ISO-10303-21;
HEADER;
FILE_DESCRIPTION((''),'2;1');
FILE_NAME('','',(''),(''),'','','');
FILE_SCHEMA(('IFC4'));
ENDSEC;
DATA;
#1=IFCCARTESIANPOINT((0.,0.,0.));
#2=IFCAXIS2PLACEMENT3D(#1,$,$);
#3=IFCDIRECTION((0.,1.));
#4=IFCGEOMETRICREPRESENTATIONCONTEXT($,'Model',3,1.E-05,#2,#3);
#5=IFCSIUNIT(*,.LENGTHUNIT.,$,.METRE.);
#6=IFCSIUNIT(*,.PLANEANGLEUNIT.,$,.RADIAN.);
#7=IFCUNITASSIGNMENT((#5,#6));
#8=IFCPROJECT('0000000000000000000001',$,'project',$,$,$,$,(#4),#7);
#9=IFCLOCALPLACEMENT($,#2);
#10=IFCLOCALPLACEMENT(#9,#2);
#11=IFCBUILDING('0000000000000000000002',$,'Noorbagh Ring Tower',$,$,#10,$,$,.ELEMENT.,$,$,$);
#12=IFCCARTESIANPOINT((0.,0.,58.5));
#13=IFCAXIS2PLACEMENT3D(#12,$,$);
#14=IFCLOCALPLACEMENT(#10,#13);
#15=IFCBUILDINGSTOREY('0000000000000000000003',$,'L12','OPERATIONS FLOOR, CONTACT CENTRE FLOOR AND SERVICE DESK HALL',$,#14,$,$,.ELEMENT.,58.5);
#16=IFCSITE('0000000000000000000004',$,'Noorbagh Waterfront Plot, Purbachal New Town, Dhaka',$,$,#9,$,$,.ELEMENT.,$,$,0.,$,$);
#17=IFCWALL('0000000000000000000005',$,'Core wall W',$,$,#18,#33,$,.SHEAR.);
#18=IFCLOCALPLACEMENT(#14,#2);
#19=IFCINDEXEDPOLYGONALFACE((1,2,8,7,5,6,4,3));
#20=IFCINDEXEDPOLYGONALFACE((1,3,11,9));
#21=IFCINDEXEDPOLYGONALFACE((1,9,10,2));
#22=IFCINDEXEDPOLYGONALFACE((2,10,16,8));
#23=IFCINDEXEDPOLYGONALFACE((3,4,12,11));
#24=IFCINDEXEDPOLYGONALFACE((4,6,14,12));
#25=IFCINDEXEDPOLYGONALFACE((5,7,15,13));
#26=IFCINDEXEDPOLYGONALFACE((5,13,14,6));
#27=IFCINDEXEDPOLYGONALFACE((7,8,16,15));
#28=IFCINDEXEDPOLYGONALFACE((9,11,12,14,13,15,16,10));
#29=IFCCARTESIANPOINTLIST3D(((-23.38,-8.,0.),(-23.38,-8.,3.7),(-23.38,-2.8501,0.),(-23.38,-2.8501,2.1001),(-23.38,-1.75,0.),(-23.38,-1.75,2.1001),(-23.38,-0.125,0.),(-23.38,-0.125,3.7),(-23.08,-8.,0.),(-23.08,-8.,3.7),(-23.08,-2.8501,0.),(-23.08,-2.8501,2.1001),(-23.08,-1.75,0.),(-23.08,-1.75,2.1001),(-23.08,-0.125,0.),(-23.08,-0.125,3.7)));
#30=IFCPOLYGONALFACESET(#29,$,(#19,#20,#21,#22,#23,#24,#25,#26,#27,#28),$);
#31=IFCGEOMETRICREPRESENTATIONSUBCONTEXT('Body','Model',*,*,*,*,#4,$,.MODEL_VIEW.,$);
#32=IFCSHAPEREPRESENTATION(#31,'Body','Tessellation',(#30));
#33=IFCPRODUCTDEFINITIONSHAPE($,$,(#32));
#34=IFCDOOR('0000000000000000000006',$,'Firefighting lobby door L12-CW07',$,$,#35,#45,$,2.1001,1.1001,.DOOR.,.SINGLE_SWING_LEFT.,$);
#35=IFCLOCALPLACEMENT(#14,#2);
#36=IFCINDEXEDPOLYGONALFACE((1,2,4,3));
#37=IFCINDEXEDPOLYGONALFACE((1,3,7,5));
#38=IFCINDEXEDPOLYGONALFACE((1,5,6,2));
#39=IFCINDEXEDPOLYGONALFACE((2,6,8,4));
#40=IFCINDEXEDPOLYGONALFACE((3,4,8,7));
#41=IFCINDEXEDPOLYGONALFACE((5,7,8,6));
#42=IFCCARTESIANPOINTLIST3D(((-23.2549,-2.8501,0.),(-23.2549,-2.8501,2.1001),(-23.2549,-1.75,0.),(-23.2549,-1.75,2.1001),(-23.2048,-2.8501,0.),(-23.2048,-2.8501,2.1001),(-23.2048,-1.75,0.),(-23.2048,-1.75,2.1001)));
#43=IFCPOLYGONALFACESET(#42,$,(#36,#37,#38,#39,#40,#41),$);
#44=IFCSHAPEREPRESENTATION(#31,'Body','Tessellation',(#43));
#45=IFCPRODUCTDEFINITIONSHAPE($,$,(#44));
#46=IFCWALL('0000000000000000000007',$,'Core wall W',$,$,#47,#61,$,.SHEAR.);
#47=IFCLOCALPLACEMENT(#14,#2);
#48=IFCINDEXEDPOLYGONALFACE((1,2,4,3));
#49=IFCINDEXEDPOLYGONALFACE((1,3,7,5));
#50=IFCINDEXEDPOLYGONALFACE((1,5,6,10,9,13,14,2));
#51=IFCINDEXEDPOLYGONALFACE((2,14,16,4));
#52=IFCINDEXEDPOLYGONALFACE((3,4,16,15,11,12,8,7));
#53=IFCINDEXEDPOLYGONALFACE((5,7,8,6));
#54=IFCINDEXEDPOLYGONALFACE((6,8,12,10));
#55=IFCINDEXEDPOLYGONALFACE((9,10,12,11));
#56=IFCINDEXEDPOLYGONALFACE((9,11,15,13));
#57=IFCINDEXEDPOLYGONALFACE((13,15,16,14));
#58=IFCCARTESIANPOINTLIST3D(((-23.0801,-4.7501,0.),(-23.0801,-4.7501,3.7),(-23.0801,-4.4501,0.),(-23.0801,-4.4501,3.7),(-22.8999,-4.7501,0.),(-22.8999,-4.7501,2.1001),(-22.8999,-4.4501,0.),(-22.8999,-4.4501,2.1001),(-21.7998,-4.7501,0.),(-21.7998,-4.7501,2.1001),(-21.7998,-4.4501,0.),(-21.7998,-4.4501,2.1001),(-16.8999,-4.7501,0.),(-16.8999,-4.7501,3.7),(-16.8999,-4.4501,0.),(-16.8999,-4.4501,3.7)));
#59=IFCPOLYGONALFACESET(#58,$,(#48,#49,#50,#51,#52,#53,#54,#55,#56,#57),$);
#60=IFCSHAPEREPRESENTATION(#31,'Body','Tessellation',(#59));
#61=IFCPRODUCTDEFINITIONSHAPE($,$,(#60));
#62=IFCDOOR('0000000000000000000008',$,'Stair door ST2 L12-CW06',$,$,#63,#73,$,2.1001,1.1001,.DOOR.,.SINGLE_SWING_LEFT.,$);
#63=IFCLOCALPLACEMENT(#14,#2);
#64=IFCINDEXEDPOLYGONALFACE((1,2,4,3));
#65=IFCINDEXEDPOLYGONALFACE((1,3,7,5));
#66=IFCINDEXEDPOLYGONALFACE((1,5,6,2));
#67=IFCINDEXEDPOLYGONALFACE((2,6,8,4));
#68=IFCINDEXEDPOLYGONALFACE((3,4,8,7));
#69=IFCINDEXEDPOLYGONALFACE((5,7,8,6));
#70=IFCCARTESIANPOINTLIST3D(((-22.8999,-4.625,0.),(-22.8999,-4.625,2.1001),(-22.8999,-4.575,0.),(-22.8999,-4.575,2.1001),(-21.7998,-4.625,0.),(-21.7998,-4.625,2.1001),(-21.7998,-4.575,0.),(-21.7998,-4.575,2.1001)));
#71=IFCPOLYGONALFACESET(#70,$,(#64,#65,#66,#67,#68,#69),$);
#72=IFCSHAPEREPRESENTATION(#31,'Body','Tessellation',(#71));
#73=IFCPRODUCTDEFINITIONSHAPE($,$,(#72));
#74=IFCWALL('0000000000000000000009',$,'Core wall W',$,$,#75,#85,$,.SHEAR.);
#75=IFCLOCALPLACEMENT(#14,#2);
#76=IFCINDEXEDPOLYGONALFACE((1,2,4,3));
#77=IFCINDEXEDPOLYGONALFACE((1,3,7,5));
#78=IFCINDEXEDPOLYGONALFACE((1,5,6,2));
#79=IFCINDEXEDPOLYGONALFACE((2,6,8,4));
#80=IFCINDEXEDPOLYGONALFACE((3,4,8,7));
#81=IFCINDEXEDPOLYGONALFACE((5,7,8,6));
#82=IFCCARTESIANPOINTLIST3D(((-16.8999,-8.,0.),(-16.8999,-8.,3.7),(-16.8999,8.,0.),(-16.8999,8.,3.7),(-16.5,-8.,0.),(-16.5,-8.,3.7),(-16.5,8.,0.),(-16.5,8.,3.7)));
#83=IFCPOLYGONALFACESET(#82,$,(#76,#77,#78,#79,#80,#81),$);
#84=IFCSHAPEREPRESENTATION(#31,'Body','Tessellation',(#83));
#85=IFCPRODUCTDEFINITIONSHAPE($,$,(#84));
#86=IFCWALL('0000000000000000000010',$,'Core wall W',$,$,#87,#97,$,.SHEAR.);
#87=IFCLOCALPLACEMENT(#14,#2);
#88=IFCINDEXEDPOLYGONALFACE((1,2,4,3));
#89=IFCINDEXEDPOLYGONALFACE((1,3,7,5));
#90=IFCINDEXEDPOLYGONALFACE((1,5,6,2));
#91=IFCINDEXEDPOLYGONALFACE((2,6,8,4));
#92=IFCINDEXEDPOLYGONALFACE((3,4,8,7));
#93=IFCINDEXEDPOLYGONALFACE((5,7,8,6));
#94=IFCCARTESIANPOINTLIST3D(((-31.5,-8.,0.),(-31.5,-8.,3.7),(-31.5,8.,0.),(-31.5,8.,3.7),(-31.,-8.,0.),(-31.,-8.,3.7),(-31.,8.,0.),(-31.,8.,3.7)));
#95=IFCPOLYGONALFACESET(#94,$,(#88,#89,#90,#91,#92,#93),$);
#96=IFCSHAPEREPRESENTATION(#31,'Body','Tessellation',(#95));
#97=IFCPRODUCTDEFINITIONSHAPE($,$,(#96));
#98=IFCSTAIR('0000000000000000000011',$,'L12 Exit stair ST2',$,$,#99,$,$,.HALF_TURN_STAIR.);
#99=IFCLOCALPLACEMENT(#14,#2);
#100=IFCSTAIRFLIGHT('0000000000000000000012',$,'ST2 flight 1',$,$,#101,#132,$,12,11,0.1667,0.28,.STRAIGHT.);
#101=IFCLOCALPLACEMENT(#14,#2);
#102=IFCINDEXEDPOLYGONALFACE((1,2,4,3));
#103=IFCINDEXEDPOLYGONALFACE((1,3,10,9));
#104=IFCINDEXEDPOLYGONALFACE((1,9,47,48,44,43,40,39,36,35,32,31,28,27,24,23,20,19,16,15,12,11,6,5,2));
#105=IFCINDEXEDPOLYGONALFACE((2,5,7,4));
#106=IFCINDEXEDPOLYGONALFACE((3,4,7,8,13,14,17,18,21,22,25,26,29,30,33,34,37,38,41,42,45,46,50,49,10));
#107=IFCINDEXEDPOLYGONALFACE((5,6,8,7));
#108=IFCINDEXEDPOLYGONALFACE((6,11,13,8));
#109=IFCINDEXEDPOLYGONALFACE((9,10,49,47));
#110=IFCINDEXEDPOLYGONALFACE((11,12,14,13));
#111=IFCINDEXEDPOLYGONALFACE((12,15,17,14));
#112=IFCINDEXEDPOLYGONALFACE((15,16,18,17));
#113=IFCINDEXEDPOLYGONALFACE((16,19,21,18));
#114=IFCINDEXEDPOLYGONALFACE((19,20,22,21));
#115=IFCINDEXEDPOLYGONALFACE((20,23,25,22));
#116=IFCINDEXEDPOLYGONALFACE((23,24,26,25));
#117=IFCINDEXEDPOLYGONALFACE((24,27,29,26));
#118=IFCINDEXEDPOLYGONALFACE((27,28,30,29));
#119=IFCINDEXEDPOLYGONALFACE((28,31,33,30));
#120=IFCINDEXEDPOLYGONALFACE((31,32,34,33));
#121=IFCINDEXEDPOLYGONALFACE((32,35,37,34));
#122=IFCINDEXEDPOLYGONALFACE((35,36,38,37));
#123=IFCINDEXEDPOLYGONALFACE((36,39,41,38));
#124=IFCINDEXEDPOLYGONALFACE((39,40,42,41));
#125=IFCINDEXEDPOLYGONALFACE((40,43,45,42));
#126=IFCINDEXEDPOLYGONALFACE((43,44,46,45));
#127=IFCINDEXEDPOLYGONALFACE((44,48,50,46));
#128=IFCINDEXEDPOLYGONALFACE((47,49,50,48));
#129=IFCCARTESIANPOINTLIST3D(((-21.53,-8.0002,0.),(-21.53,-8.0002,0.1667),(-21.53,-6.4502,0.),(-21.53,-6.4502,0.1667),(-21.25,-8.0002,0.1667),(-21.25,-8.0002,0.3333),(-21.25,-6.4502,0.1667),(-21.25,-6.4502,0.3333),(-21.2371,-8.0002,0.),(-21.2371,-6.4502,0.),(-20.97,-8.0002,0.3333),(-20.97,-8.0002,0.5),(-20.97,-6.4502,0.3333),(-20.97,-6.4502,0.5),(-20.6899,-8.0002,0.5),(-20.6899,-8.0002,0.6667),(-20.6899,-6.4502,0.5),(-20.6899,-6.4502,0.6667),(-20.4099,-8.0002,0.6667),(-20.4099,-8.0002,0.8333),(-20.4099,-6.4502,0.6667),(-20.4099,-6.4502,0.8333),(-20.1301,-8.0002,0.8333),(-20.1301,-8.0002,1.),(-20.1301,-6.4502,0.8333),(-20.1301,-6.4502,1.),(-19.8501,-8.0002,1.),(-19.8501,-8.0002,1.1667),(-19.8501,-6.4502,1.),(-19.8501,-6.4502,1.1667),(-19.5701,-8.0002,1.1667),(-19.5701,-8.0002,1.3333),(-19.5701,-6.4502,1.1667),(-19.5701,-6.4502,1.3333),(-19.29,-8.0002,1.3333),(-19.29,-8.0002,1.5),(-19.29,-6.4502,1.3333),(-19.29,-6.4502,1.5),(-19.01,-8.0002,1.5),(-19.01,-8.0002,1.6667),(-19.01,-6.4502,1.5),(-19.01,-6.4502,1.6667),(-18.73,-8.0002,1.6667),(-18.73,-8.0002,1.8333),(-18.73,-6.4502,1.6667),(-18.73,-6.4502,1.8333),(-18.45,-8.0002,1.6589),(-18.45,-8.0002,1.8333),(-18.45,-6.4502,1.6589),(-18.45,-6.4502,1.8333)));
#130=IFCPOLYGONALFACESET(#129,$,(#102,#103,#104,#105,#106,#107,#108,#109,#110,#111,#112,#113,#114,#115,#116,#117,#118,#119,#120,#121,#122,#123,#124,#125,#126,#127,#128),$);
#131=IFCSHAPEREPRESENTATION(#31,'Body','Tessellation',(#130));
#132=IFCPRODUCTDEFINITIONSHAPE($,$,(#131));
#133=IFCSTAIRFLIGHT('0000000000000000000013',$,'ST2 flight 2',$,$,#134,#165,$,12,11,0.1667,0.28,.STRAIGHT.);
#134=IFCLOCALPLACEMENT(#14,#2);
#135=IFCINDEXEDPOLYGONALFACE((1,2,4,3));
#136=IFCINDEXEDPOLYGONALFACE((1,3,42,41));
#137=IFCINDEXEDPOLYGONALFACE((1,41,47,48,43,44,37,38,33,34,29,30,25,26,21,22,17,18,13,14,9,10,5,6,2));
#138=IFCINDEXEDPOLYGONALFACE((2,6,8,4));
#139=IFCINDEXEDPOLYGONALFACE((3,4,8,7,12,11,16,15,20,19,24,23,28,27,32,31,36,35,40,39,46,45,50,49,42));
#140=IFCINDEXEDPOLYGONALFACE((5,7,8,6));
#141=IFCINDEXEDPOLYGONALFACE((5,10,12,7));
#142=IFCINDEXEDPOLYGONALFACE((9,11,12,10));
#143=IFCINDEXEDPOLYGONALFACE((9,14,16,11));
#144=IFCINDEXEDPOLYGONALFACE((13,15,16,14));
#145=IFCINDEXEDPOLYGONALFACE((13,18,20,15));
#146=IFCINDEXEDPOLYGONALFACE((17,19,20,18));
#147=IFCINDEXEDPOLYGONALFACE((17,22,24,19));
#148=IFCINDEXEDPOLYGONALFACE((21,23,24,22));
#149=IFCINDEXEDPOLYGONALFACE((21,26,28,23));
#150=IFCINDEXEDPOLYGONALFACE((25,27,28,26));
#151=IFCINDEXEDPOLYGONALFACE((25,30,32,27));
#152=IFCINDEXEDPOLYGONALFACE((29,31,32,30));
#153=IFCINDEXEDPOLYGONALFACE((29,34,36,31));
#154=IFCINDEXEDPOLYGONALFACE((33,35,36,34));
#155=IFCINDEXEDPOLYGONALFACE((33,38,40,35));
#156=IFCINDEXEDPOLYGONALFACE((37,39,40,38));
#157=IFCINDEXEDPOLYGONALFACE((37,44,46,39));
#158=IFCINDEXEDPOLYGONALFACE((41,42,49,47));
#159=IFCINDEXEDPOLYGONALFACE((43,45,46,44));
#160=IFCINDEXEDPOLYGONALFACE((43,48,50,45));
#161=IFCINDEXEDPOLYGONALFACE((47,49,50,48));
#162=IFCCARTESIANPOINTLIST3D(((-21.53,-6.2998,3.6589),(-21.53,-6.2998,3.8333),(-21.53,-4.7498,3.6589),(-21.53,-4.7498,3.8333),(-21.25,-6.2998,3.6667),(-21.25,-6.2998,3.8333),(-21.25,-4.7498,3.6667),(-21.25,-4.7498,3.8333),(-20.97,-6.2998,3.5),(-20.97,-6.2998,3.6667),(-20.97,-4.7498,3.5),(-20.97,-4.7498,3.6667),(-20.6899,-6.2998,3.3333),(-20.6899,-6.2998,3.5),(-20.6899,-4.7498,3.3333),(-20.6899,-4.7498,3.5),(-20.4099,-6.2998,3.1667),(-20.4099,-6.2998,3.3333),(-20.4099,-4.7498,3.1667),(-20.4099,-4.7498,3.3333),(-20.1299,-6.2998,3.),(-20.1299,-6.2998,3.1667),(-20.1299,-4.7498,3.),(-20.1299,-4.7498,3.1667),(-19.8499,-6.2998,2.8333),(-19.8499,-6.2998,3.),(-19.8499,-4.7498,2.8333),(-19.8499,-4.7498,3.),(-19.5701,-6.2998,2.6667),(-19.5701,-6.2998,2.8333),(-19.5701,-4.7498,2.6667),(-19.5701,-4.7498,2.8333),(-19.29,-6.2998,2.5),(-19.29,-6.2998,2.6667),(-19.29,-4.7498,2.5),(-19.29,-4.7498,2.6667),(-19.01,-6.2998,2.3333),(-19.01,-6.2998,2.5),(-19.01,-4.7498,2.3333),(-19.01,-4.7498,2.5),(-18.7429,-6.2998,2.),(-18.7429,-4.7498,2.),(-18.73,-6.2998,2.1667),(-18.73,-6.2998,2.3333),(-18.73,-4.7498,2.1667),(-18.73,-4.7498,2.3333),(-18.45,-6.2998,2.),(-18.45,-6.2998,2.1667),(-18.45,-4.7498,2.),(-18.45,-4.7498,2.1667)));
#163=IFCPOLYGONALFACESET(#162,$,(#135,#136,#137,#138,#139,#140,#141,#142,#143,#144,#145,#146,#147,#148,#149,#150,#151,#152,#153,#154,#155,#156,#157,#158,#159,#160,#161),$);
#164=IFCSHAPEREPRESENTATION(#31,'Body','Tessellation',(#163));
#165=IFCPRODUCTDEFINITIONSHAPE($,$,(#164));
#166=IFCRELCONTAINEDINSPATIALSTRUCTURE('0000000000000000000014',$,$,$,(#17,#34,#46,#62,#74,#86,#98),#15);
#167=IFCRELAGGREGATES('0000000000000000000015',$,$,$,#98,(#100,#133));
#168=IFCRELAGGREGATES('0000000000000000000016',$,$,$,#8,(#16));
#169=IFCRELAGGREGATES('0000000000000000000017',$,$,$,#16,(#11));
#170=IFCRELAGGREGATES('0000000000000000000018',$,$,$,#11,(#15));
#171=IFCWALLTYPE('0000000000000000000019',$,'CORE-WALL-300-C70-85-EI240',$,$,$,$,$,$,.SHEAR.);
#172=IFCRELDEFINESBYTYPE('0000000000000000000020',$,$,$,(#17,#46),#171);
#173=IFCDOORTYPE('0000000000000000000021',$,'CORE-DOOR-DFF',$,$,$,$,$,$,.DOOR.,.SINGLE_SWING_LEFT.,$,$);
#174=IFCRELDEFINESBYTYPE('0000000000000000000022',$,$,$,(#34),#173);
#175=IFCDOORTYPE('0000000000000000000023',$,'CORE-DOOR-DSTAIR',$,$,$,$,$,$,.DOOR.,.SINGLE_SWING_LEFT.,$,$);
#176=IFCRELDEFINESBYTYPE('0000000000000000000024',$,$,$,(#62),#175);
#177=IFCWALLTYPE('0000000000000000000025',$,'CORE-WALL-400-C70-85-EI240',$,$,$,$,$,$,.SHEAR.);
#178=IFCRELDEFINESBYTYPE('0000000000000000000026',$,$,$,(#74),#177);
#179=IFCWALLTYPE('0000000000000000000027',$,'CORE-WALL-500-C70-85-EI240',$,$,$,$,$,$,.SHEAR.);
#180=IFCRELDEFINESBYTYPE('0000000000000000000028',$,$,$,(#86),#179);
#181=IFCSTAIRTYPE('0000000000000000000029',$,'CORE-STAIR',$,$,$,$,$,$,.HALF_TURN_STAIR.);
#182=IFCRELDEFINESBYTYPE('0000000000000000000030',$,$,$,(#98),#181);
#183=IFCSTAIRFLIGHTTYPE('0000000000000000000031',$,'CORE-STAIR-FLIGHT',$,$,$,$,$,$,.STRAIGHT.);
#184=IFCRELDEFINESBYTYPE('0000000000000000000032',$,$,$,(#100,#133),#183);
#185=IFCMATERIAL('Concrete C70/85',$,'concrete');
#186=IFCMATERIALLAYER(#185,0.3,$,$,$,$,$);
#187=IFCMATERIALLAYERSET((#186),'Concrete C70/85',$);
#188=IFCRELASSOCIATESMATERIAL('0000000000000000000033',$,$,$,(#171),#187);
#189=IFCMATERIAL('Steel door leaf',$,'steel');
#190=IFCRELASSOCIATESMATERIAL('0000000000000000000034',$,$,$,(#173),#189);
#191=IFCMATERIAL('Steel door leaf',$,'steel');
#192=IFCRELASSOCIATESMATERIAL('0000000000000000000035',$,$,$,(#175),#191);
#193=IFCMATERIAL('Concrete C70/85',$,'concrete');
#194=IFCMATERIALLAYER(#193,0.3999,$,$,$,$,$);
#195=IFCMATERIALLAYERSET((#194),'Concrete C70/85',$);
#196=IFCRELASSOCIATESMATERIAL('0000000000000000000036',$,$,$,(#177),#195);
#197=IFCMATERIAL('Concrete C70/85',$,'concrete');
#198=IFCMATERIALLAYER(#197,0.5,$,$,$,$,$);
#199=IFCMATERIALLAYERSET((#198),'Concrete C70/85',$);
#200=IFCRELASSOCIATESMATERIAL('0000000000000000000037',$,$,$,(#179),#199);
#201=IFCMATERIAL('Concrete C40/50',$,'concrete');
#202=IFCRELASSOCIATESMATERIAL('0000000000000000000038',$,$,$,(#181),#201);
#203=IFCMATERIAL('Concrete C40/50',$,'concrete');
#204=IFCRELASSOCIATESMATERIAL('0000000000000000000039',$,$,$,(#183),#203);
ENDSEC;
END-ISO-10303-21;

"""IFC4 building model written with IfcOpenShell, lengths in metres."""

from ifc_helpers import new_model, si_unit, direction, frame, frame_2d, origin, place, context, subcontext, project, spatial, polyline, rectangle, outline, extrude, material, layer, layer_set, type_object, element, fill, aggregate, save


model = new_model("IFC4")

# Units and contexts
model_context = context("Model", 3, precision=1e-05, world=origin(), true_north=direction((0.0, 1.0)))
body_context = subcontext(model_context, "Body", "Model", "MODEL_VIEW")
ifc_project = project(units=[si_unit("LENGTHUNIT", "METRE"), si_unit("PLANEANGLEUNIT", "RADIAN")], contexts=[model_context])

# Site, building, storey
site_placement = place(None, origin())
site = spatial("IfcSite", under=ifc_project, at=site_placement, Name="Noorbagh Waterfront Plot, Purbachal New Town, Dhaka", CompositionType="ELEMENT", RefElevation=0.0)
building_placement = place(site_placement, origin())
building = spatial("IfcBuilding", under=site, at=building_placement, Name="Noorbagh Ring Tower", CompositionType="ELEMENT")
storey_placement = place(building_placement, frame((0.0, 0.0, 58.5)))
storey = spatial("IfcBuildingStorey", under=building, at=storey_placement, Name="L12", Description="OPERATIONS FLOOR, CONTACT CENTRE FLOOR AND SERVICE DESK HALL", CompositionType="ELEMENT", Elevation=58.5)

# Shared definitions
ifc_material_1 = material(Name="Concrete C70/85", Category="concrete")
ifc_layer_1 = layer(ifc_material_1, 0.3)
ifc_layer_set_1 = layer_set([ifc_layer_1], Name="Concrete C70/85")
wall_type_1 = type_object("IfcWallType", Name="CORE-WALL-300-C70-85-EI240", PredefinedType="SHEAR", material=ifc_layer_set_1)

# Walls, openings, doors
wall_1_placement = place(storey_placement, frame((-23.23, -8.0, 0.0), z_axis=(0.0, 0.0, 1.0), x_axis=(0.0, 1.0, 0.0)))
wall_1 = element("IfcWall", 1, at=wall_1_placement, inside=storey, type_object=wall_type_1, Name="Core wall W", PredefinedType="SHEAR", context=body_context, shape_type="SweptSolid", body=[
    extrude(rectangle(XDim=7.875, YDim=0.3, at=frame_2d((3.9375, 0.0))), origin(), (0.0, 0.0, 1.0), 3.7),
])
opening_1_placement = place(wall_1_placement, frame((5.1499, 0.0, 0.0)))
opening_1 = element("IfcOpeningElement", 2, at=opening_1_placement, cuts=wall_1, PredefinedType="OPENING", context=body_context, shape_type="SweptSolid", body=[
    extrude(rectangle(XDim=1.1001, YDim=2.1001, at=frame_2d((0.55, 1.05))), frame((0.0, 0.1602, 0.0), z_axis=(0.0, -1.0, 0.0), x_axis=(1.0, 0.0, 0.0)), (0.0, 0.0, 1.0), 0.3201),
])
ifc_material_2 = material(Name="Steel door leaf", Category="steel")
door_type_1 = type_object("IfcDoorType", Name="CORE-DOOR-DFF", OperationType="SINGLE_SWING_LEFT", PredefinedType="DOOR", material=ifc_material_2)
door_1_placement = place(opening_1_placement, origin())
door_1 = element("IfcDoor", 3, at=door_1_placement, inside=storey, type_object=door_type_1, Name="Firefighting lobby door L12-CW07", OperationType="SINGLE_SWING_LEFT", OverallHeight=2.1001, OverallWidth=1.1001, PredefinedType="DOOR", context=body_context, shape_type="SweptSolid", body=[
    extrude(rectangle(XDim=1.1001, YDim=2.1001, at=frame_2d((0.55, 1.05))), frame((0.0, 0.0249, 0.0), z_axis=(0.0, -1.0, 0.0), x_axis=(1.0, 0.0, 0.0)), (0.0, 0.0, 1.0), 0.05),
])
fill(opening_1, door_1)
wall_2_placement = place(storey_placement, frame((-16.8999, -4.6001, 0.0), z_axis=(0.0, 0.0, 1.0), x_axis=(-1.0, 0.0, 0.0)))
wall_2 = element("IfcWall", 4, at=wall_2_placement, inside=storey, type_object=wall_type_1, Name="Core wall W", PredefinedType="SHEAR", context=body_context, shape_type="SweptSolid", body=[
    extrude(rectangle(XDim=6.1802, YDim=0.3, at=frame_2d((3.0901, 0.0))), origin(), (0.0, 0.0, 1.0), 3.7),
])
opening_2_placement = place(wall_2_placement, frame((4.8999, 0.0, 0.0)))
opening_2 = element("IfcOpeningElement", 5, at=opening_2_placement, cuts=wall_2, PredefinedType="OPENING", context=body_context, shape_type="SweptSolid", body=[
    extrude(rectangle(XDim=1.1001, YDim=2.1001, at=frame_2d((0.55, 1.05))), frame((0.0, 0.1602, 0.0), z_axis=(0.0, -1.0, 0.0), x_axis=(1.0, 0.0, 0.0)), (0.0, 0.0, 1.0), 0.3201),
])
ifc_material_3 = material(Name="Steel door leaf", Category="steel")
door_type_2 = type_object("IfcDoorType", Name="CORE-DOOR-DSTAIR", OperationType="SINGLE_SWING_LEFT", PredefinedType="DOOR", material=ifc_material_3)
door_2_placement = place(opening_2_placement, origin())
door_2 = element("IfcDoor", 6, at=door_2_placement, inside=storey, type_object=door_type_2, Name="Stair door ST2 L12-CW06", OperationType="SINGLE_SWING_LEFT", OverallHeight=2.1001, OverallWidth=1.1001, PredefinedType="DOOR", context=body_context, shape_type="SweptSolid", body=[
    extrude(rectangle(XDim=1.1001, YDim=2.1001, at=frame_2d((0.55, 1.05))), frame((0.0, 0.0249, 0.0), z_axis=(0.0, -1.0, 0.0), x_axis=(1.0, 0.0, 0.0)), (0.0, 0.0, 1.0), 0.05),
])
fill(opening_2, door_2)

# Walls
ifc_material_4 = material(Name="Concrete C70/85", Category="concrete")
ifc_layer_2 = layer(ifc_material_4, 0.3999)
ifc_layer_set_2 = layer_set([ifc_layer_2], Name="Concrete C70/85")
wall_type_2 = type_object("IfcWallType", Name="CORE-WALL-400-C70-85-EI240", PredefinedType="SHEAR", material=ifc_layer_set_2)
wall_3_placement = place(storey_placement, frame((-16.7, -8.0, 0.0), z_axis=(0.0, 0.0, 1.0), x_axis=(0.0, 1.0, 0.0)))
element("IfcWall", 7, at=wall_3_placement, inside=storey, type_object=wall_type_2, Name="Core wall W", PredefinedType="SHEAR", context=body_context, shape_type="SweptSolid", body=[
    extrude(rectangle(XDim=16.0, YDim=0.3999, at=frame_2d((8.0, 0.0))), origin(), (0.0, 0.0, 1.0), 3.7),
])
ifc_material_5 = material(Name="Concrete C70/85", Category="concrete")
ifc_layer_3 = layer(ifc_material_5, 0.5)
ifc_layer_set_3 = layer_set([ifc_layer_3], Name="Concrete C70/85")
wall_type_3 = type_object("IfcWallType", Name="CORE-WALL-500-C70-85-EI240", PredefinedType="SHEAR", material=ifc_layer_set_3)
wall_4_placement = place(storey_placement, frame((-31.25, -8.0, 0.0), z_axis=(0.0, 0.0, 1.0), x_axis=(0.0, 1.0, 0.0)))
element("IfcWall", 8, at=wall_4_placement, inside=storey, type_object=wall_type_3, Name="Core wall W", PredefinedType="SHEAR", context=body_context, shape_type="SweptSolid", body=[
    extrude(rectangle(XDim=16.0, YDim=0.5, at=frame_2d((8.0, 0.0))), origin(), (0.0, 0.0, 1.0), 3.7),
])

# Stair, stair flights
ifc_material_6 = material(Name="Concrete C40/50", Category="concrete")
stair_type = type_object("IfcStairType", Name="CORE-STAIR", PredefinedType="HALF_TURN_STAIR", material=ifc_material_6)
stair_placement = place(storey_placement, origin())
stair = element("IfcStair", 9, at=stair_placement, inside=storey, type_object=stair_type, Name="L12 Exit stair ST2", PredefinedType="HALF_TURN_STAIR")
ifc_material_7 = material(Name="Concrete C40/50", Category="concrete")
stair_flight_type = type_object("IfcStairFlightType", Name="CORE-STAIR-FLIGHT", PredefinedType="STRAIGHT", material=ifc_material_7)
stair_flight_1_placement = place(storey_placement, frame((-21.53, -7.2251, 0.0), z_axis=(0.0, 0.0, 1.0), x_axis=(1.0, 0.0, 0.0)))
stair_flight_1 = element("IfcStairFlight", 10, at=stair_flight_1_placement, type_object=stair_flight_type, Name="ST2 flight 1", NumberOfRisers=12, NumberOfTreads=11, PredefinedType="STRAIGHT", RiserHeight=0.1667, TreadLength=0.28, context=body_context, shape_type="SweptSolid", body=[
    extrude(outline(polyline([(0.0, 0.0), (0.0, 0.1667), (0.28, 0.1667), (0.28, 0.3333), (0.5601, 0.3333), (0.5601, 0.5), (0.8401, 0.5), (0.8401, 0.6667), (1.1201, 0.6667), (1.1201, 0.8333), (1.3999, 0.8333), (1.3999, 1.0), (1.6799, 1.0), (1.6799, 1.1667), (1.96, 1.1667), (1.96, 1.3333), (2.24, 1.3333), (2.24, 1.5), (2.52, 1.5), (2.52, 1.6667), (2.8, 1.6667), (2.8, 1.8333), (3.0801, 1.8333), (3.0801, 2.0), (3.0801, 1.6589), (0.293, 0.0), (0.0, 0.0)])), frame((0.0, 0.7749, 0.0), z_axis=(0.0, -1.0, 0.0), x_axis=(1.0, 0.0, 0.0)), (0.0, 0.0, 1.0), 1.55),
])
stair_flight_2_placement = place(storey_placement, frame((-18.45, -5.5249, 2.0), z_axis=(0.0, 0.0, 1.0), x_axis=(-1.0, 0.0, 0.0)))
stair_flight_2 = element("IfcStairFlight", 11, at=stair_flight_2_placement, type_object=stair_flight_type, Name="ST2 flight 2", NumberOfRisers=12, NumberOfTreads=11, PredefinedType="STRAIGHT", RiserHeight=0.1667, TreadLength=0.28, context=body_context, shape_type="SweptSolid", body=[
    extrude(outline(polyline([(0.0, 0.0), (0.0, 0.1667), (0.28, 0.1667), (0.28, 0.3333), (0.5601, 0.3333), (0.5601, 0.5), (0.8401, 0.5), (0.8401, 0.6667), (1.1201, 0.6667), (1.1201, 0.8333), (1.3999, 0.8333), (1.3999, 1.0), (1.6799, 1.0), (1.6799, 1.1667), (1.96, 1.1667), (1.96, 1.3333), (2.24, 1.3333), (2.24, 1.5), (2.52, 1.5), (2.52, 1.6667), (2.8, 1.6667), (2.8, 1.8333), (3.0801, 1.8333), (3.0801, 2.0), (3.0801, 1.6589), (0.293, 0.0), (0.0, 0.0)])), frame((0.0, 0.7749, 0.0), z_axis=(0.0, -1.0, 0.0), x_axis=(1.0, 0.0, 0.0)), (0.0, 0.0, 1.0), 1.55),
])
aggregate(stair, [stair_flight_1, stair_flight_2])

save(model, "model.ifc")
